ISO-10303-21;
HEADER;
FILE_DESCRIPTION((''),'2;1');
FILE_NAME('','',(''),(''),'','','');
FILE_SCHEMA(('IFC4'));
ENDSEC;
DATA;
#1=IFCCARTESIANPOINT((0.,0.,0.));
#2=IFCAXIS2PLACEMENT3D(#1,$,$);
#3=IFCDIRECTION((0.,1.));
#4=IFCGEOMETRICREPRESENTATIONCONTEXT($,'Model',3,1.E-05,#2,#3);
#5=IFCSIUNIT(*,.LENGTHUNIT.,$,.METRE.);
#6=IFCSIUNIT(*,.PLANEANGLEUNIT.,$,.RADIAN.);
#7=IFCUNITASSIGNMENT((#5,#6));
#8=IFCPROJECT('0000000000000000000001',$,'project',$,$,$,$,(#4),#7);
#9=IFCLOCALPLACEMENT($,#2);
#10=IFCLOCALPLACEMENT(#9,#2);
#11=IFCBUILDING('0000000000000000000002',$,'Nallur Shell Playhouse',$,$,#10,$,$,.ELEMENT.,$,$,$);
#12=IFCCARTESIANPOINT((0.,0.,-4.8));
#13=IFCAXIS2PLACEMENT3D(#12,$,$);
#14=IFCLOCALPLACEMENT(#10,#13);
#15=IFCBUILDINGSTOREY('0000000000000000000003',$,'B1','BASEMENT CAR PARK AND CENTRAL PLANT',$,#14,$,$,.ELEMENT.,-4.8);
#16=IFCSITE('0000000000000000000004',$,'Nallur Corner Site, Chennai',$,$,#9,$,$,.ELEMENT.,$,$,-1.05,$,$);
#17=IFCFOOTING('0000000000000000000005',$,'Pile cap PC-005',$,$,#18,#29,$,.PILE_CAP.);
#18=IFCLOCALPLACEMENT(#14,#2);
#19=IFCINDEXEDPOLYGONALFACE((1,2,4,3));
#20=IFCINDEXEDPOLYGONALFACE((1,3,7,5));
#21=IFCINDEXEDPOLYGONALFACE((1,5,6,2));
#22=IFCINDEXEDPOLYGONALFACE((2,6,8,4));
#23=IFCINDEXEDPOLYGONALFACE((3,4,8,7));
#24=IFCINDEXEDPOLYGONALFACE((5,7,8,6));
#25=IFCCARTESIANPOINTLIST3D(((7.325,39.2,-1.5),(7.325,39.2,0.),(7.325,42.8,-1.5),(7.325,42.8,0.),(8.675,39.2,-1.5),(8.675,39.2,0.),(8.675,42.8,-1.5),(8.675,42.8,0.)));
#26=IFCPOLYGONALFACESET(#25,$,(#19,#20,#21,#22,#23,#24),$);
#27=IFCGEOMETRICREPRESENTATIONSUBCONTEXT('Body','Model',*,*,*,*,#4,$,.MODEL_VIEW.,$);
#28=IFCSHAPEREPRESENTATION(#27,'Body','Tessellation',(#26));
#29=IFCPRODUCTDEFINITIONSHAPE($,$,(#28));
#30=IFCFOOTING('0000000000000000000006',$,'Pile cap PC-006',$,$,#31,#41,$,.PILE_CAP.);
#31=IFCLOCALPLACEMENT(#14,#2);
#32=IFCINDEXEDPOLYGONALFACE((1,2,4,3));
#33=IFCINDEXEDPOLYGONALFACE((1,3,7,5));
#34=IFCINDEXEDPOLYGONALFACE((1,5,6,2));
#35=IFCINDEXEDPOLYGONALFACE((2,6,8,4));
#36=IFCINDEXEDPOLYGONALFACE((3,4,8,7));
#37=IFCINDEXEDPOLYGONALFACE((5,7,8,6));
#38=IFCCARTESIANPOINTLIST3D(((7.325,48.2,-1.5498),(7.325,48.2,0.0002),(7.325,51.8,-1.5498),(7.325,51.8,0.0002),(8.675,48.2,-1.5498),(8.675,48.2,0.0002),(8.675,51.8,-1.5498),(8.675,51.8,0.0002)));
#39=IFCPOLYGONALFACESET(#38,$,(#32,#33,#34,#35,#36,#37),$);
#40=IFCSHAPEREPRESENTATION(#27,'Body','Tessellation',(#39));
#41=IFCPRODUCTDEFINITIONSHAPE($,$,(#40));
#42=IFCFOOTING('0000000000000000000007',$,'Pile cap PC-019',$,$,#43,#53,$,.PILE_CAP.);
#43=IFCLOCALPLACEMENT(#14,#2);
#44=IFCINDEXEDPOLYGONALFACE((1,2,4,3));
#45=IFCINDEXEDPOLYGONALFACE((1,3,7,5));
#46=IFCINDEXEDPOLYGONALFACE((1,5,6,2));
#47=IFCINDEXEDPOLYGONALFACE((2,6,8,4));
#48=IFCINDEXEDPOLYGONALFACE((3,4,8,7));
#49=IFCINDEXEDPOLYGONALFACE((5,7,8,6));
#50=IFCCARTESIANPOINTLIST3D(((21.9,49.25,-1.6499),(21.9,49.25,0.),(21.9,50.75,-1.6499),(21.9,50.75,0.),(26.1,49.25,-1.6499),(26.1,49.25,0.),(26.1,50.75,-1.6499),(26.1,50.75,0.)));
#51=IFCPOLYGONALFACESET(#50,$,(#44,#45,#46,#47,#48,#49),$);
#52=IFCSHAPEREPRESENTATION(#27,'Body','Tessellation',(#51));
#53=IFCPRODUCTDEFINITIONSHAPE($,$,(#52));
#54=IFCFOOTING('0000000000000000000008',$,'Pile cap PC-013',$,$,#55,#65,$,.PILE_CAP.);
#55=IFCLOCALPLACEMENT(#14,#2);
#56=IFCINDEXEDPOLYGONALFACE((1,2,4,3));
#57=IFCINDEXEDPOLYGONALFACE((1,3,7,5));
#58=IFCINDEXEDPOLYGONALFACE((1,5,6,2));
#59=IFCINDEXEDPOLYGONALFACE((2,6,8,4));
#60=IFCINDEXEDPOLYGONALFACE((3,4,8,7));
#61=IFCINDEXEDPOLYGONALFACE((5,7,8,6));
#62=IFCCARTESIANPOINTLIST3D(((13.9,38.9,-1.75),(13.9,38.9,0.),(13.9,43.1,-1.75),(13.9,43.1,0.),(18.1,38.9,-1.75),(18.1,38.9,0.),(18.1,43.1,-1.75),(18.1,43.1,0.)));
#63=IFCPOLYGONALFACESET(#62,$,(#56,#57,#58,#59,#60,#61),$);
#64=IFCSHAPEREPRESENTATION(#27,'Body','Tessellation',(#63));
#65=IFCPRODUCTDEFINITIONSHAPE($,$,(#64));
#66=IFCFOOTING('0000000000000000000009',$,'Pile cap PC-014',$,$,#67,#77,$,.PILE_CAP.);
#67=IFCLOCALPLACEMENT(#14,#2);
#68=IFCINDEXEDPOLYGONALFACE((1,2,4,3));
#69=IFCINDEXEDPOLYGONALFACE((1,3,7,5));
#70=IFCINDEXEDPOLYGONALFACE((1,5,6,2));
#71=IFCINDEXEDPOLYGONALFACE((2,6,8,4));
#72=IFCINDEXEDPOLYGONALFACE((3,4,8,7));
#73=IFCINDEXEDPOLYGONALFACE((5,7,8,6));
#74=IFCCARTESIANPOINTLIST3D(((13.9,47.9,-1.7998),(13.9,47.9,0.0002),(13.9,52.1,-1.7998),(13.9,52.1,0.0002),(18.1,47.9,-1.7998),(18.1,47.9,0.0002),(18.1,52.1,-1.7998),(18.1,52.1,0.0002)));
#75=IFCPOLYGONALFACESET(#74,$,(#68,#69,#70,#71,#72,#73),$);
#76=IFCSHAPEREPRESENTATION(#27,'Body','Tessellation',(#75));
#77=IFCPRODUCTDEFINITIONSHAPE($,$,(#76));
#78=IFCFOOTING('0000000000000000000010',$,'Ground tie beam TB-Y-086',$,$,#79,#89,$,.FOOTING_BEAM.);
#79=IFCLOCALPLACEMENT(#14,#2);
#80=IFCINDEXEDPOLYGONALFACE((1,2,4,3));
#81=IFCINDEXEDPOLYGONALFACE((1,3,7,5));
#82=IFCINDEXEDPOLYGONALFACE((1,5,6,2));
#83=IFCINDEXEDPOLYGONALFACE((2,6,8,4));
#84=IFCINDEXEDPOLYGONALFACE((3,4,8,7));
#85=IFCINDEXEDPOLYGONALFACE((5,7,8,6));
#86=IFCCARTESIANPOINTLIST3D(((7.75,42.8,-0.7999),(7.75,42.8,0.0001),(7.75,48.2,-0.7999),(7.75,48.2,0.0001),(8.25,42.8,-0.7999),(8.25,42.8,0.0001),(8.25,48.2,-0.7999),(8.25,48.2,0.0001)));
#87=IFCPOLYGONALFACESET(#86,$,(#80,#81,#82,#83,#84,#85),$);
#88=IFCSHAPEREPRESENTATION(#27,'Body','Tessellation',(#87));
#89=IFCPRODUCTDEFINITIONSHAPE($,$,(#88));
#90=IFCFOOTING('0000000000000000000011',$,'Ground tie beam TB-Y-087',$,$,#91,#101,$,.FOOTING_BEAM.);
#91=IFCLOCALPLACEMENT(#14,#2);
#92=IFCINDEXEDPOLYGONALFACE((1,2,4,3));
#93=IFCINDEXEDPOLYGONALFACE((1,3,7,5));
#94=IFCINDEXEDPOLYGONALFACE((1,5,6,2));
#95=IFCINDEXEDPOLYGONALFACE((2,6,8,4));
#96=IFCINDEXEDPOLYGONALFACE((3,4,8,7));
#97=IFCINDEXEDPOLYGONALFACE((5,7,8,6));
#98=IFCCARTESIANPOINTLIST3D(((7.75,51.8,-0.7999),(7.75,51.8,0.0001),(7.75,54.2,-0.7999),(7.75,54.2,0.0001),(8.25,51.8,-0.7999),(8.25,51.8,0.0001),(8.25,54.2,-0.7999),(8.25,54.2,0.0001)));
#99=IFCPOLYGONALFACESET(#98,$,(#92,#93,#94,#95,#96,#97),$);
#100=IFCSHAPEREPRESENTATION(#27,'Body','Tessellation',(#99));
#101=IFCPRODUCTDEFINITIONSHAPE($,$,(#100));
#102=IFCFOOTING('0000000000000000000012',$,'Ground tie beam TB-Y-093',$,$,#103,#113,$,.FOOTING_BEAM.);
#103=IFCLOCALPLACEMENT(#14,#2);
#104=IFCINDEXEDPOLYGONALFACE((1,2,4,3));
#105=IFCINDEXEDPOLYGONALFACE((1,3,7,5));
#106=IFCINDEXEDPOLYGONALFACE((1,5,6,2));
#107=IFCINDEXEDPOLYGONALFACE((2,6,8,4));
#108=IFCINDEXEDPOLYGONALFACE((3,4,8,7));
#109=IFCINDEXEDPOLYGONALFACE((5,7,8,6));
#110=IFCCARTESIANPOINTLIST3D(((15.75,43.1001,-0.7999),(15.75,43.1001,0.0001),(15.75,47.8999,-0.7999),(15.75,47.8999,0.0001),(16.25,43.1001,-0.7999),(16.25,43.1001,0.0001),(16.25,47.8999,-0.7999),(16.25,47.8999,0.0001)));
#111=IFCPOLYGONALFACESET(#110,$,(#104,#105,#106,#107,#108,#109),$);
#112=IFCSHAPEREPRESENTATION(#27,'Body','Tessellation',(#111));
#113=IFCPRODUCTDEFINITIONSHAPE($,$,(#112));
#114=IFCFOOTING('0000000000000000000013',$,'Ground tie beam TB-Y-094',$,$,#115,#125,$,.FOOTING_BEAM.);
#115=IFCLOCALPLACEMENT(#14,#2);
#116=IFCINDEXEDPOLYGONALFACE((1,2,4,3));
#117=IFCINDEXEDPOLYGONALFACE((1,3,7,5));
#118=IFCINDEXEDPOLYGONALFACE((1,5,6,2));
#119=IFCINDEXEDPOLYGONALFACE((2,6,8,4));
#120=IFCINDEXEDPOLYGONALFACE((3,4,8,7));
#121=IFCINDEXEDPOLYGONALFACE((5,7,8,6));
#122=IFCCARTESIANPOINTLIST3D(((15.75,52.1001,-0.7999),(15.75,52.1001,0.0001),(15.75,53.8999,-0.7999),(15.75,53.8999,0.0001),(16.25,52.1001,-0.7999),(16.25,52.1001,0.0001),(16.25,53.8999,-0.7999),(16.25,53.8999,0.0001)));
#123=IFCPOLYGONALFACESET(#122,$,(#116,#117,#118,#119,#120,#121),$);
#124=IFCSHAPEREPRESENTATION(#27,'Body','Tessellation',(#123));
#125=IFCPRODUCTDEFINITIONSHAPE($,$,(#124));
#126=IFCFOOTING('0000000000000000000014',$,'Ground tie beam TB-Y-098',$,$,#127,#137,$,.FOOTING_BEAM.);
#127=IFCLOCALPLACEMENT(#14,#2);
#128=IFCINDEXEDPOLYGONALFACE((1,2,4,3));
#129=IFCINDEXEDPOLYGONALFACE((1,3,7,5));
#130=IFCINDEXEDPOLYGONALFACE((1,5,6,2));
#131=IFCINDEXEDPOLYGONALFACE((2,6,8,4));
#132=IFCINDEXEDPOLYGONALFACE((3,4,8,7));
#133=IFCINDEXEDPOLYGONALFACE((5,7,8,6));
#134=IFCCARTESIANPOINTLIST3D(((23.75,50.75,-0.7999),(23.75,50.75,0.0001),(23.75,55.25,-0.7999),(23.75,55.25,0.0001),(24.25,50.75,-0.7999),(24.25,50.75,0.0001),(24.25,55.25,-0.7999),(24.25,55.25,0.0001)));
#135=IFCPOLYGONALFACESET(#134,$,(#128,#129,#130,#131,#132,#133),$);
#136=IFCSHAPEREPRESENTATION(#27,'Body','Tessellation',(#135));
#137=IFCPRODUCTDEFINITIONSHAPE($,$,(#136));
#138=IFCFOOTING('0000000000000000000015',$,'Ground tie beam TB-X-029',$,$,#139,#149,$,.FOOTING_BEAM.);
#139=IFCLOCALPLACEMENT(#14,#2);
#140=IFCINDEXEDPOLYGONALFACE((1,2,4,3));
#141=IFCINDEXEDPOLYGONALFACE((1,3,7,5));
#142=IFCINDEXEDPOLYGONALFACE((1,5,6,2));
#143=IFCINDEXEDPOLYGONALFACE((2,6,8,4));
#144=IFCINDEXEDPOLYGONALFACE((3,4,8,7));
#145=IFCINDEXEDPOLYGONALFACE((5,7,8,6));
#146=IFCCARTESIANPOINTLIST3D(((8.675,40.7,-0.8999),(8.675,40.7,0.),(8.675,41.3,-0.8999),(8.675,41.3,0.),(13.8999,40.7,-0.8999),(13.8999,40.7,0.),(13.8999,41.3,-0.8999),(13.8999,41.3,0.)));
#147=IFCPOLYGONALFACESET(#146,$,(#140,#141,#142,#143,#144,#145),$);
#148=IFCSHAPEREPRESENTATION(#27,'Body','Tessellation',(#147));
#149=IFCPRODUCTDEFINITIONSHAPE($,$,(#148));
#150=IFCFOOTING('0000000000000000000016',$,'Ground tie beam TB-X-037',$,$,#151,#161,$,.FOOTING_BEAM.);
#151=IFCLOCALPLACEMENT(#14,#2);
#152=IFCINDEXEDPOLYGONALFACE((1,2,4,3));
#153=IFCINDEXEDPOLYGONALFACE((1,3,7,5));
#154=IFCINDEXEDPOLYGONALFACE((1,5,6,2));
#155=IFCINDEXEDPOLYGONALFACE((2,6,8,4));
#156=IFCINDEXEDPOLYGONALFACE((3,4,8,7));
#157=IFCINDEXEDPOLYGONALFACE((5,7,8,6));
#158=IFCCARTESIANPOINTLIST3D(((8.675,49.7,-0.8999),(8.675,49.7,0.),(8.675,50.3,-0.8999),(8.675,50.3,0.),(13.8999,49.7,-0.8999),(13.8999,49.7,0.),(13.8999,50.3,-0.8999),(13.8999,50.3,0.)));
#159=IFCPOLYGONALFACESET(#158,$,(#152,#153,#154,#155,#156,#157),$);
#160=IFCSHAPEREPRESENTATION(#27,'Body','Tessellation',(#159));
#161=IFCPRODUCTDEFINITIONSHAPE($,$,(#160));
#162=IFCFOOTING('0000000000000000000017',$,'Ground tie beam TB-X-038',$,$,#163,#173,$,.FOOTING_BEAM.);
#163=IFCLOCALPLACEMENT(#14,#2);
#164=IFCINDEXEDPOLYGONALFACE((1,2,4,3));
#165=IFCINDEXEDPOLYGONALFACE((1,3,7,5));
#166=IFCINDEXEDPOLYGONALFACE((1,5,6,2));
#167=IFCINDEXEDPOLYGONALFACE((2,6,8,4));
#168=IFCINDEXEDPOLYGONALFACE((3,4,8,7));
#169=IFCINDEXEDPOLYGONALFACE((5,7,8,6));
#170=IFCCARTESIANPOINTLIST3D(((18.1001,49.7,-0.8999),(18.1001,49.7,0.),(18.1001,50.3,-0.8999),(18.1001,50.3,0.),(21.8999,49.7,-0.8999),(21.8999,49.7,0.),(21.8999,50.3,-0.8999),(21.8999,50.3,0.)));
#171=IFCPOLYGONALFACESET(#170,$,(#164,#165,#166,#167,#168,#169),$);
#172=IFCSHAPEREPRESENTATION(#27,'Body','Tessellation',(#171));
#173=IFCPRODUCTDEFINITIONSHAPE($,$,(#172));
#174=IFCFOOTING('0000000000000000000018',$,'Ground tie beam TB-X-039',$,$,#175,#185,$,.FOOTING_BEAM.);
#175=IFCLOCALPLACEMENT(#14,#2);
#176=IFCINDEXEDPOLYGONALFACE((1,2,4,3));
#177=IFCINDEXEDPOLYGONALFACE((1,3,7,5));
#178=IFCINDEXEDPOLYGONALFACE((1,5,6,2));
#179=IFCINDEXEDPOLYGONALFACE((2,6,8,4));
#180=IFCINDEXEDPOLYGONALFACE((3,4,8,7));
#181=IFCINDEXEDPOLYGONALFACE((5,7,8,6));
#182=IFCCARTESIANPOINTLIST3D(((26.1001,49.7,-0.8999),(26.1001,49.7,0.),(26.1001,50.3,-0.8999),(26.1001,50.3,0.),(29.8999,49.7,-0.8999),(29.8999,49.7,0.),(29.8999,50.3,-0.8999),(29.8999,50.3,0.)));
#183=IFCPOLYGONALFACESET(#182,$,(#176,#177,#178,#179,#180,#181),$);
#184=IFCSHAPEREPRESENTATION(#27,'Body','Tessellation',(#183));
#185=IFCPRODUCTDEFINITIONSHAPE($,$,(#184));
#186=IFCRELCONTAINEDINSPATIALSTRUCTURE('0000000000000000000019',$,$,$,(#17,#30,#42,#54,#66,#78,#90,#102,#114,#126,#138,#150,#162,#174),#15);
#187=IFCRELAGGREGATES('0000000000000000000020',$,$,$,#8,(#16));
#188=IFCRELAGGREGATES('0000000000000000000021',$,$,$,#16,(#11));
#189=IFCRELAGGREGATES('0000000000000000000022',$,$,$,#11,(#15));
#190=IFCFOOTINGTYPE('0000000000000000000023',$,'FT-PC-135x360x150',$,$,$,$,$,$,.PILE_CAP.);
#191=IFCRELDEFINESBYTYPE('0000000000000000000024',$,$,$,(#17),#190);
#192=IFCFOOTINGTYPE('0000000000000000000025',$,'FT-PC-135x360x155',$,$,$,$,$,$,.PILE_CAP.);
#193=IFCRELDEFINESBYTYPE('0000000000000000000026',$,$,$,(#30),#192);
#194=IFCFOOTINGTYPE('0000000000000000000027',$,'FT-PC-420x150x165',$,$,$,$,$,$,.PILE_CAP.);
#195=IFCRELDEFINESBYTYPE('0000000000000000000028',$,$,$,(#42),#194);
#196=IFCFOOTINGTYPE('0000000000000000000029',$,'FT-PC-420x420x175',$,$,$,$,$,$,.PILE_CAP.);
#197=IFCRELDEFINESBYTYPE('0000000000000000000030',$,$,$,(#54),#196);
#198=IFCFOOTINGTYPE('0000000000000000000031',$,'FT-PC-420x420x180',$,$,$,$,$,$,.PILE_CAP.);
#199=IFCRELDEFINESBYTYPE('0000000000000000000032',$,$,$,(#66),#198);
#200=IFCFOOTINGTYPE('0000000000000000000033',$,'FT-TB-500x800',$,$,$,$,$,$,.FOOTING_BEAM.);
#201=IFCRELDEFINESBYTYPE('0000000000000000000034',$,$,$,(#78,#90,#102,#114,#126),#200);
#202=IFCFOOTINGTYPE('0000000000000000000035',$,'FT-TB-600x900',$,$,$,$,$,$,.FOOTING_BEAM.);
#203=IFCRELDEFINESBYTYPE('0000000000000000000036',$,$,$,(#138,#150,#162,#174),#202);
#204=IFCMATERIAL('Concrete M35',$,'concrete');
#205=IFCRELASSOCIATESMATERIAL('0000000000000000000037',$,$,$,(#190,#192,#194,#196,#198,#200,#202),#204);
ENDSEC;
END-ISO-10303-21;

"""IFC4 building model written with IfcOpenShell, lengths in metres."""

from ifc_helpers import new_model, si_unit, direction, frame, origin, origin_2d, place, context, subcontext, project, spatial, rectangle, extrude, material, material_profile, profile_set, type_object, element, save


model = new_model("IFC4")

# Units and contexts
model_context = context("Model", 3, precision=1e-05, world=origin(), true_north=direction((0.0, 1.0)))
body_context = subcontext(model_context, "Body", "Model", "MODEL_VIEW")
ifc_project = project(units=[si_unit("LENGTHUNIT", "METRE"), si_unit("PLANEANGLEUNIT", "RADIAN")], contexts=[model_context])

# Site, building, storey
site_placement = place(None, origin())
site = spatial("IfcSite", under=ifc_project, at=site_placement, Name="Nallur Corner Site, Chennai", CompositionType="ELEMENT", RefElevation=-1.05)
building_placement = place(site_placement, origin())
building = spatial("IfcBuilding", under=site, at=building_placement, Name="Nallur Shell Playhouse", CompositionType="ELEMENT")
storey_placement = place(building_placement, frame((0.0, 0.0, -4.8)))
storey = spatial("IfcBuildingStorey", under=building, at=storey_placement, Name="B1", Description="BASEMENT CAR PARK AND CENTRAL PLANT", CompositionType="ELEMENT", Elevation=-4.8)

# Footings
ifc_material_1 = material(Name="Concrete M35", Category="concrete")
footing_type_1 = type_object("IfcFootingType", Name="FT-PC-135x360x150", PredefinedType="PILE_CAP", material=ifc_material_1)
footing_1_placement = place(storey_placement, frame((8.0, 41.0, -1.5), z_axis=(0.0, 0.0, 1.0), x_axis=(1.0, 0.0, 0.0)))
element("IfcFooting", 1, at=footing_1_placement, inside=storey, type_object=footing_type_1, Name="Pile cap PC-005", PredefinedType="PILE_CAP", context=body_context, shape_type="SweptSolid", body=[
    extrude(rectangle(XDim=1.3501, YDim=3.6001, at=origin_2d()), origin(), (0.0, 0.0, 1.0), 1.5),
])
footing_type_2 = type_object("IfcFootingType", Name="FT-PC-135x360x155", PredefinedType="PILE_CAP", material=ifc_material_1)
footing_2_placement = place(storey_placement, frame((8.0, 50.0, -1.5498), z_axis=(0.0, 0.0, 1.0), x_axis=(1.0, 0.0, 0.0)))
element("IfcFooting", 2, at=footing_2_placement, inside=storey, type_object=footing_type_2, Name="Pile cap PC-006", PredefinedType="PILE_CAP", context=body_context, shape_type="SweptSolid", body=[
    extrude(rectangle(XDim=1.3501, YDim=3.6001, at=origin_2d()), origin(), (0.0, 0.0, 1.0), 1.55),
])
footing_type_3 = type_object("IfcFootingType", Name="FT-PC-420x150x165", PredefinedType="PILE_CAP", material=ifc_material_1)
footing_3_placement = place(storey_placement, frame((24.0, 50.0, -1.6499), z_axis=(0.0, 0.0, 1.0), x_axis=(1.0, 0.0, 0.0)))
element("IfcFooting", 3, at=footing_3_placement, inside=storey, type_object=footing_type_3, Name="Pile cap PC-019", PredefinedType="PILE_CAP", context=body_context, shape_type="SweptSolid", body=[
    extrude(rectangle(XDim=4.2, YDim=1.5, at=origin_2d()), origin(), (0.0, 0.0, 1.0), 1.6499),
])
footing_type_4 = type_object("IfcFootingType", Name="FT-PC-420x420x175", PredefinedType="PILE_CAP", material=ifc_material_1)
footing_4_placement = place(storey_placement, frame((16.0, 41.0, -1.75), z_axis=(0.0, 0.0, 1.0), x_axis=(1.0, 0.0, 0.0)))
element("IfcFooting", 4, at=footing_4_placement, inside=storey, type_object=footing_type_4, Name="Pile cap PC-013", PredefinedType="PILE_CAP", context=body_context, shape_type="SweptSolid", body=[
    extrude(rectangle(XDim=4.2, YDim=4.2, at=origin_2d()), origin(), (0.0, 0.0, 1.0), 1.75),
])
footing_type_5 = type_object("IfcFootingType", Name="FT-PC-420x420x180", PredefinedType="PILE_CAP", material=ifc_material_1)
footing_5_placement = place(storey_placement, frame((16.0, 50.0, -1.7998), z_axis=(0.0, 0.0, 1.0), x_axis=(1.0, 0.0, 0.0)))
element("IfcFooting", 5, at=footing_5_placement, inside=storey, type_object=footing_type_5, Name="Pile cap PC-014", PredefinedType="PILE_CAP", context=body_context, shape_type="SweptSolid", body=[
    extrude(rectangle(XDim=4.2, YDim=4.2, at=origin_2d()), origin(), (0.0, 0.0, 1.0), 1.8),
])
ifc_material_profile_1 = material_profile(ifc_material_1, rectangle(XDim=0.5, YDim=0.8, at=origin_2d()), Name="RC 500x800")
ifc_profile_set_1 = profile_set([ifc_material_profile_1], Name="Concrete M35")
footing_type_6 = type_object("IfcFootingType", Name="FT-TB-500x800", PredefinedType="FOOTING_BEAM", material=ifc_profile_set_1)
footing_6_placement = place(storey_placement, frame((8.0, 42.8, -0.3999), z_axis=(0.0, 1.0, 0.0), x_axis=(-1.0, 0.0, 0.0)))
element("IfcFooting", 6, at=footing_6_placement, inside=storey, type_object=footing_type_6, Name="Ground tie beam TB-Y-086", PredefinedType="FOOTING_BEAM", context=body_context, shape_type="SweptSolid", body=[
    extrude(rectangle(XDim=0.5, YDim=0.8, at=origin_2d()), origin(), (0.0, 0.0, 1.0), 5.3999),
])
footing_7_placement = place(storey_placement, frame((8.0, 51.8, -0.3999), z_axis=(0.0, 1.0, 0.0), x_axis=(-1.0, 0.0, 0.0)))
element("IfcFooting", 7, at=footing_7_placement, inside=storey, type_object=footing_type_6, Name="Ground tie beam TB-Y-087", PredefinedType="FOOTING_BEAM", context=body_context, shape_type="SweptSolid", body=[
    extrude(rectangle(XDim=0.5, YDim=0.8, at=origin_2d()), origin(), (0.0, 0.0, 1.0), 2.3999),
])
footing_8_placement = place(storey_placement, frame((16.0, 43.1001, -0.3999), z_axis=(0.0, 1.0, 0.0), x_axis=(-1.0, 0.0, 0.0)))
element("IfcFooting", 8, at=footing_8_placement, inside=storey, type_object=footing_type_6, Name="Ground tie beam TB-Y-093", PredefinedType="FOOTING_BEAM", context=body_context, shape_type="SweptSolid", body=[
    extrude(rectangle(XDim=0.5, YDim=0.8, at=origin_2d()), origin(), (0.0, 0.0, 1.0), 4.7998),
])
footing_9_placement = place(storey_placement, frame((16.0, 52.1001, -0.3999), z_axis=(0.0, 1.0, 0.0), x_axis=(-1.0, 0.0, 0.0)))
element("IfcFooting", 9, at=footing_9_placement, inside=storey, type_object=footing_type_6, Name="Ground tie beam TB-Y-094", PredefinedType="FOOTING_BEAM", context=body_context, shape_type="SweptSolid", body=[
    extrude(rectangle(XDim=0.5, YDim=0.8, at=origin_2d()), origin(), (0.0, 0.0, 1.0), 1.7998),
])
footing_10_placement = place(storey_placement, frame((24.0, 50.75, -0.3999), z_axis=(0.0, 1.0, 0.0), x_axis=(-1.0, 0.0, 0.0)))
element("IfcFooting", 10, at=footing_10_placement, inside=storey, type_object=footing_type_6, Name="Ground tie beam TB-Y-098", PredefinedType="FOOTING_BEAM", context=body_context, shape_type="SweptSolid", body=[
    extrude(rectangle(XDim=0.5, YDim=0.8, at=origin_2d()), origin(), (0.0, 0.0, 1.0), 4.5),
])
ifc_material_profile_2 = material_profile(ifc_material_1, rectangle(XDim=0.6001, YDim=0.8999, at=origin_2d()), Name="RC 600x900")
ifc_profile_set_2 = profile_set([ifc_material_profile_2], Name="Concrete M35")
footing_type_7 = type_object("IfcFootingType", Name="FT-TB-600x900", PredefinedType="FOOTING_BEAM", material=ifc_profile_set_2)
for number, where, z_axis, x_axis, name in (
    (11, (8.675, 41.0, -0.45), (1.0, 0.0, 0.0), (0.0, 1.0, 0.0), "Ground tie beam TB-X-029"),
    (12, (8.675, 50.0, -0.45), (1.0, 0.0, 0.0), (0.0, 1.0, 0.0), "Ground tie beam TB-X-037"),
):
    element("IfcFooting", number, at=place(storey_placement, frame(where, z_axis=z_axis, x_axis=x_axis)), inside=storey, type_object=footing_type_7, Name=name, PredefinedType="FOOTING_BEAM", context=body_context, shape_type="SweptSolid", body=[
        extrude(rectangle(XDim=0.6001, YDim=0.8999, at=origin_2d()), origin(), (0.0, 0.0, 1.0), 5.2249),
    ])
for number, where, z_axis, x_axis, name in (
    (13, (18.1001, 50.0, -0.45), (1.0, 0.0, 0.0), (0.0, 1.0, 0.0), "Ground tie beam TB-X-038"),
    (14, (26.1001, 50.0, -0.45), (1.0, 0.0, 0.0), (0.0, 1.0, 0.0), "Ground tie beam TB-X-039"),
):
    element("IfcFooting", number, at=place(storey_placement, frame(where, z_axis=z_axis, x_axis=x_axis)), inside=storey, type_object=footing_type_7, Name=name, PredefinedType="FOOTING_BEAM", context=body_context, shape_type="SweptSolid", body=[
        extrude(rectangle(XDim=0.6001, YDim=0.8999, at=origin_2d()), origin(), (0.0, 0.0, 1.0), 3.7998),
    ])

save(model, "model.ifc")
